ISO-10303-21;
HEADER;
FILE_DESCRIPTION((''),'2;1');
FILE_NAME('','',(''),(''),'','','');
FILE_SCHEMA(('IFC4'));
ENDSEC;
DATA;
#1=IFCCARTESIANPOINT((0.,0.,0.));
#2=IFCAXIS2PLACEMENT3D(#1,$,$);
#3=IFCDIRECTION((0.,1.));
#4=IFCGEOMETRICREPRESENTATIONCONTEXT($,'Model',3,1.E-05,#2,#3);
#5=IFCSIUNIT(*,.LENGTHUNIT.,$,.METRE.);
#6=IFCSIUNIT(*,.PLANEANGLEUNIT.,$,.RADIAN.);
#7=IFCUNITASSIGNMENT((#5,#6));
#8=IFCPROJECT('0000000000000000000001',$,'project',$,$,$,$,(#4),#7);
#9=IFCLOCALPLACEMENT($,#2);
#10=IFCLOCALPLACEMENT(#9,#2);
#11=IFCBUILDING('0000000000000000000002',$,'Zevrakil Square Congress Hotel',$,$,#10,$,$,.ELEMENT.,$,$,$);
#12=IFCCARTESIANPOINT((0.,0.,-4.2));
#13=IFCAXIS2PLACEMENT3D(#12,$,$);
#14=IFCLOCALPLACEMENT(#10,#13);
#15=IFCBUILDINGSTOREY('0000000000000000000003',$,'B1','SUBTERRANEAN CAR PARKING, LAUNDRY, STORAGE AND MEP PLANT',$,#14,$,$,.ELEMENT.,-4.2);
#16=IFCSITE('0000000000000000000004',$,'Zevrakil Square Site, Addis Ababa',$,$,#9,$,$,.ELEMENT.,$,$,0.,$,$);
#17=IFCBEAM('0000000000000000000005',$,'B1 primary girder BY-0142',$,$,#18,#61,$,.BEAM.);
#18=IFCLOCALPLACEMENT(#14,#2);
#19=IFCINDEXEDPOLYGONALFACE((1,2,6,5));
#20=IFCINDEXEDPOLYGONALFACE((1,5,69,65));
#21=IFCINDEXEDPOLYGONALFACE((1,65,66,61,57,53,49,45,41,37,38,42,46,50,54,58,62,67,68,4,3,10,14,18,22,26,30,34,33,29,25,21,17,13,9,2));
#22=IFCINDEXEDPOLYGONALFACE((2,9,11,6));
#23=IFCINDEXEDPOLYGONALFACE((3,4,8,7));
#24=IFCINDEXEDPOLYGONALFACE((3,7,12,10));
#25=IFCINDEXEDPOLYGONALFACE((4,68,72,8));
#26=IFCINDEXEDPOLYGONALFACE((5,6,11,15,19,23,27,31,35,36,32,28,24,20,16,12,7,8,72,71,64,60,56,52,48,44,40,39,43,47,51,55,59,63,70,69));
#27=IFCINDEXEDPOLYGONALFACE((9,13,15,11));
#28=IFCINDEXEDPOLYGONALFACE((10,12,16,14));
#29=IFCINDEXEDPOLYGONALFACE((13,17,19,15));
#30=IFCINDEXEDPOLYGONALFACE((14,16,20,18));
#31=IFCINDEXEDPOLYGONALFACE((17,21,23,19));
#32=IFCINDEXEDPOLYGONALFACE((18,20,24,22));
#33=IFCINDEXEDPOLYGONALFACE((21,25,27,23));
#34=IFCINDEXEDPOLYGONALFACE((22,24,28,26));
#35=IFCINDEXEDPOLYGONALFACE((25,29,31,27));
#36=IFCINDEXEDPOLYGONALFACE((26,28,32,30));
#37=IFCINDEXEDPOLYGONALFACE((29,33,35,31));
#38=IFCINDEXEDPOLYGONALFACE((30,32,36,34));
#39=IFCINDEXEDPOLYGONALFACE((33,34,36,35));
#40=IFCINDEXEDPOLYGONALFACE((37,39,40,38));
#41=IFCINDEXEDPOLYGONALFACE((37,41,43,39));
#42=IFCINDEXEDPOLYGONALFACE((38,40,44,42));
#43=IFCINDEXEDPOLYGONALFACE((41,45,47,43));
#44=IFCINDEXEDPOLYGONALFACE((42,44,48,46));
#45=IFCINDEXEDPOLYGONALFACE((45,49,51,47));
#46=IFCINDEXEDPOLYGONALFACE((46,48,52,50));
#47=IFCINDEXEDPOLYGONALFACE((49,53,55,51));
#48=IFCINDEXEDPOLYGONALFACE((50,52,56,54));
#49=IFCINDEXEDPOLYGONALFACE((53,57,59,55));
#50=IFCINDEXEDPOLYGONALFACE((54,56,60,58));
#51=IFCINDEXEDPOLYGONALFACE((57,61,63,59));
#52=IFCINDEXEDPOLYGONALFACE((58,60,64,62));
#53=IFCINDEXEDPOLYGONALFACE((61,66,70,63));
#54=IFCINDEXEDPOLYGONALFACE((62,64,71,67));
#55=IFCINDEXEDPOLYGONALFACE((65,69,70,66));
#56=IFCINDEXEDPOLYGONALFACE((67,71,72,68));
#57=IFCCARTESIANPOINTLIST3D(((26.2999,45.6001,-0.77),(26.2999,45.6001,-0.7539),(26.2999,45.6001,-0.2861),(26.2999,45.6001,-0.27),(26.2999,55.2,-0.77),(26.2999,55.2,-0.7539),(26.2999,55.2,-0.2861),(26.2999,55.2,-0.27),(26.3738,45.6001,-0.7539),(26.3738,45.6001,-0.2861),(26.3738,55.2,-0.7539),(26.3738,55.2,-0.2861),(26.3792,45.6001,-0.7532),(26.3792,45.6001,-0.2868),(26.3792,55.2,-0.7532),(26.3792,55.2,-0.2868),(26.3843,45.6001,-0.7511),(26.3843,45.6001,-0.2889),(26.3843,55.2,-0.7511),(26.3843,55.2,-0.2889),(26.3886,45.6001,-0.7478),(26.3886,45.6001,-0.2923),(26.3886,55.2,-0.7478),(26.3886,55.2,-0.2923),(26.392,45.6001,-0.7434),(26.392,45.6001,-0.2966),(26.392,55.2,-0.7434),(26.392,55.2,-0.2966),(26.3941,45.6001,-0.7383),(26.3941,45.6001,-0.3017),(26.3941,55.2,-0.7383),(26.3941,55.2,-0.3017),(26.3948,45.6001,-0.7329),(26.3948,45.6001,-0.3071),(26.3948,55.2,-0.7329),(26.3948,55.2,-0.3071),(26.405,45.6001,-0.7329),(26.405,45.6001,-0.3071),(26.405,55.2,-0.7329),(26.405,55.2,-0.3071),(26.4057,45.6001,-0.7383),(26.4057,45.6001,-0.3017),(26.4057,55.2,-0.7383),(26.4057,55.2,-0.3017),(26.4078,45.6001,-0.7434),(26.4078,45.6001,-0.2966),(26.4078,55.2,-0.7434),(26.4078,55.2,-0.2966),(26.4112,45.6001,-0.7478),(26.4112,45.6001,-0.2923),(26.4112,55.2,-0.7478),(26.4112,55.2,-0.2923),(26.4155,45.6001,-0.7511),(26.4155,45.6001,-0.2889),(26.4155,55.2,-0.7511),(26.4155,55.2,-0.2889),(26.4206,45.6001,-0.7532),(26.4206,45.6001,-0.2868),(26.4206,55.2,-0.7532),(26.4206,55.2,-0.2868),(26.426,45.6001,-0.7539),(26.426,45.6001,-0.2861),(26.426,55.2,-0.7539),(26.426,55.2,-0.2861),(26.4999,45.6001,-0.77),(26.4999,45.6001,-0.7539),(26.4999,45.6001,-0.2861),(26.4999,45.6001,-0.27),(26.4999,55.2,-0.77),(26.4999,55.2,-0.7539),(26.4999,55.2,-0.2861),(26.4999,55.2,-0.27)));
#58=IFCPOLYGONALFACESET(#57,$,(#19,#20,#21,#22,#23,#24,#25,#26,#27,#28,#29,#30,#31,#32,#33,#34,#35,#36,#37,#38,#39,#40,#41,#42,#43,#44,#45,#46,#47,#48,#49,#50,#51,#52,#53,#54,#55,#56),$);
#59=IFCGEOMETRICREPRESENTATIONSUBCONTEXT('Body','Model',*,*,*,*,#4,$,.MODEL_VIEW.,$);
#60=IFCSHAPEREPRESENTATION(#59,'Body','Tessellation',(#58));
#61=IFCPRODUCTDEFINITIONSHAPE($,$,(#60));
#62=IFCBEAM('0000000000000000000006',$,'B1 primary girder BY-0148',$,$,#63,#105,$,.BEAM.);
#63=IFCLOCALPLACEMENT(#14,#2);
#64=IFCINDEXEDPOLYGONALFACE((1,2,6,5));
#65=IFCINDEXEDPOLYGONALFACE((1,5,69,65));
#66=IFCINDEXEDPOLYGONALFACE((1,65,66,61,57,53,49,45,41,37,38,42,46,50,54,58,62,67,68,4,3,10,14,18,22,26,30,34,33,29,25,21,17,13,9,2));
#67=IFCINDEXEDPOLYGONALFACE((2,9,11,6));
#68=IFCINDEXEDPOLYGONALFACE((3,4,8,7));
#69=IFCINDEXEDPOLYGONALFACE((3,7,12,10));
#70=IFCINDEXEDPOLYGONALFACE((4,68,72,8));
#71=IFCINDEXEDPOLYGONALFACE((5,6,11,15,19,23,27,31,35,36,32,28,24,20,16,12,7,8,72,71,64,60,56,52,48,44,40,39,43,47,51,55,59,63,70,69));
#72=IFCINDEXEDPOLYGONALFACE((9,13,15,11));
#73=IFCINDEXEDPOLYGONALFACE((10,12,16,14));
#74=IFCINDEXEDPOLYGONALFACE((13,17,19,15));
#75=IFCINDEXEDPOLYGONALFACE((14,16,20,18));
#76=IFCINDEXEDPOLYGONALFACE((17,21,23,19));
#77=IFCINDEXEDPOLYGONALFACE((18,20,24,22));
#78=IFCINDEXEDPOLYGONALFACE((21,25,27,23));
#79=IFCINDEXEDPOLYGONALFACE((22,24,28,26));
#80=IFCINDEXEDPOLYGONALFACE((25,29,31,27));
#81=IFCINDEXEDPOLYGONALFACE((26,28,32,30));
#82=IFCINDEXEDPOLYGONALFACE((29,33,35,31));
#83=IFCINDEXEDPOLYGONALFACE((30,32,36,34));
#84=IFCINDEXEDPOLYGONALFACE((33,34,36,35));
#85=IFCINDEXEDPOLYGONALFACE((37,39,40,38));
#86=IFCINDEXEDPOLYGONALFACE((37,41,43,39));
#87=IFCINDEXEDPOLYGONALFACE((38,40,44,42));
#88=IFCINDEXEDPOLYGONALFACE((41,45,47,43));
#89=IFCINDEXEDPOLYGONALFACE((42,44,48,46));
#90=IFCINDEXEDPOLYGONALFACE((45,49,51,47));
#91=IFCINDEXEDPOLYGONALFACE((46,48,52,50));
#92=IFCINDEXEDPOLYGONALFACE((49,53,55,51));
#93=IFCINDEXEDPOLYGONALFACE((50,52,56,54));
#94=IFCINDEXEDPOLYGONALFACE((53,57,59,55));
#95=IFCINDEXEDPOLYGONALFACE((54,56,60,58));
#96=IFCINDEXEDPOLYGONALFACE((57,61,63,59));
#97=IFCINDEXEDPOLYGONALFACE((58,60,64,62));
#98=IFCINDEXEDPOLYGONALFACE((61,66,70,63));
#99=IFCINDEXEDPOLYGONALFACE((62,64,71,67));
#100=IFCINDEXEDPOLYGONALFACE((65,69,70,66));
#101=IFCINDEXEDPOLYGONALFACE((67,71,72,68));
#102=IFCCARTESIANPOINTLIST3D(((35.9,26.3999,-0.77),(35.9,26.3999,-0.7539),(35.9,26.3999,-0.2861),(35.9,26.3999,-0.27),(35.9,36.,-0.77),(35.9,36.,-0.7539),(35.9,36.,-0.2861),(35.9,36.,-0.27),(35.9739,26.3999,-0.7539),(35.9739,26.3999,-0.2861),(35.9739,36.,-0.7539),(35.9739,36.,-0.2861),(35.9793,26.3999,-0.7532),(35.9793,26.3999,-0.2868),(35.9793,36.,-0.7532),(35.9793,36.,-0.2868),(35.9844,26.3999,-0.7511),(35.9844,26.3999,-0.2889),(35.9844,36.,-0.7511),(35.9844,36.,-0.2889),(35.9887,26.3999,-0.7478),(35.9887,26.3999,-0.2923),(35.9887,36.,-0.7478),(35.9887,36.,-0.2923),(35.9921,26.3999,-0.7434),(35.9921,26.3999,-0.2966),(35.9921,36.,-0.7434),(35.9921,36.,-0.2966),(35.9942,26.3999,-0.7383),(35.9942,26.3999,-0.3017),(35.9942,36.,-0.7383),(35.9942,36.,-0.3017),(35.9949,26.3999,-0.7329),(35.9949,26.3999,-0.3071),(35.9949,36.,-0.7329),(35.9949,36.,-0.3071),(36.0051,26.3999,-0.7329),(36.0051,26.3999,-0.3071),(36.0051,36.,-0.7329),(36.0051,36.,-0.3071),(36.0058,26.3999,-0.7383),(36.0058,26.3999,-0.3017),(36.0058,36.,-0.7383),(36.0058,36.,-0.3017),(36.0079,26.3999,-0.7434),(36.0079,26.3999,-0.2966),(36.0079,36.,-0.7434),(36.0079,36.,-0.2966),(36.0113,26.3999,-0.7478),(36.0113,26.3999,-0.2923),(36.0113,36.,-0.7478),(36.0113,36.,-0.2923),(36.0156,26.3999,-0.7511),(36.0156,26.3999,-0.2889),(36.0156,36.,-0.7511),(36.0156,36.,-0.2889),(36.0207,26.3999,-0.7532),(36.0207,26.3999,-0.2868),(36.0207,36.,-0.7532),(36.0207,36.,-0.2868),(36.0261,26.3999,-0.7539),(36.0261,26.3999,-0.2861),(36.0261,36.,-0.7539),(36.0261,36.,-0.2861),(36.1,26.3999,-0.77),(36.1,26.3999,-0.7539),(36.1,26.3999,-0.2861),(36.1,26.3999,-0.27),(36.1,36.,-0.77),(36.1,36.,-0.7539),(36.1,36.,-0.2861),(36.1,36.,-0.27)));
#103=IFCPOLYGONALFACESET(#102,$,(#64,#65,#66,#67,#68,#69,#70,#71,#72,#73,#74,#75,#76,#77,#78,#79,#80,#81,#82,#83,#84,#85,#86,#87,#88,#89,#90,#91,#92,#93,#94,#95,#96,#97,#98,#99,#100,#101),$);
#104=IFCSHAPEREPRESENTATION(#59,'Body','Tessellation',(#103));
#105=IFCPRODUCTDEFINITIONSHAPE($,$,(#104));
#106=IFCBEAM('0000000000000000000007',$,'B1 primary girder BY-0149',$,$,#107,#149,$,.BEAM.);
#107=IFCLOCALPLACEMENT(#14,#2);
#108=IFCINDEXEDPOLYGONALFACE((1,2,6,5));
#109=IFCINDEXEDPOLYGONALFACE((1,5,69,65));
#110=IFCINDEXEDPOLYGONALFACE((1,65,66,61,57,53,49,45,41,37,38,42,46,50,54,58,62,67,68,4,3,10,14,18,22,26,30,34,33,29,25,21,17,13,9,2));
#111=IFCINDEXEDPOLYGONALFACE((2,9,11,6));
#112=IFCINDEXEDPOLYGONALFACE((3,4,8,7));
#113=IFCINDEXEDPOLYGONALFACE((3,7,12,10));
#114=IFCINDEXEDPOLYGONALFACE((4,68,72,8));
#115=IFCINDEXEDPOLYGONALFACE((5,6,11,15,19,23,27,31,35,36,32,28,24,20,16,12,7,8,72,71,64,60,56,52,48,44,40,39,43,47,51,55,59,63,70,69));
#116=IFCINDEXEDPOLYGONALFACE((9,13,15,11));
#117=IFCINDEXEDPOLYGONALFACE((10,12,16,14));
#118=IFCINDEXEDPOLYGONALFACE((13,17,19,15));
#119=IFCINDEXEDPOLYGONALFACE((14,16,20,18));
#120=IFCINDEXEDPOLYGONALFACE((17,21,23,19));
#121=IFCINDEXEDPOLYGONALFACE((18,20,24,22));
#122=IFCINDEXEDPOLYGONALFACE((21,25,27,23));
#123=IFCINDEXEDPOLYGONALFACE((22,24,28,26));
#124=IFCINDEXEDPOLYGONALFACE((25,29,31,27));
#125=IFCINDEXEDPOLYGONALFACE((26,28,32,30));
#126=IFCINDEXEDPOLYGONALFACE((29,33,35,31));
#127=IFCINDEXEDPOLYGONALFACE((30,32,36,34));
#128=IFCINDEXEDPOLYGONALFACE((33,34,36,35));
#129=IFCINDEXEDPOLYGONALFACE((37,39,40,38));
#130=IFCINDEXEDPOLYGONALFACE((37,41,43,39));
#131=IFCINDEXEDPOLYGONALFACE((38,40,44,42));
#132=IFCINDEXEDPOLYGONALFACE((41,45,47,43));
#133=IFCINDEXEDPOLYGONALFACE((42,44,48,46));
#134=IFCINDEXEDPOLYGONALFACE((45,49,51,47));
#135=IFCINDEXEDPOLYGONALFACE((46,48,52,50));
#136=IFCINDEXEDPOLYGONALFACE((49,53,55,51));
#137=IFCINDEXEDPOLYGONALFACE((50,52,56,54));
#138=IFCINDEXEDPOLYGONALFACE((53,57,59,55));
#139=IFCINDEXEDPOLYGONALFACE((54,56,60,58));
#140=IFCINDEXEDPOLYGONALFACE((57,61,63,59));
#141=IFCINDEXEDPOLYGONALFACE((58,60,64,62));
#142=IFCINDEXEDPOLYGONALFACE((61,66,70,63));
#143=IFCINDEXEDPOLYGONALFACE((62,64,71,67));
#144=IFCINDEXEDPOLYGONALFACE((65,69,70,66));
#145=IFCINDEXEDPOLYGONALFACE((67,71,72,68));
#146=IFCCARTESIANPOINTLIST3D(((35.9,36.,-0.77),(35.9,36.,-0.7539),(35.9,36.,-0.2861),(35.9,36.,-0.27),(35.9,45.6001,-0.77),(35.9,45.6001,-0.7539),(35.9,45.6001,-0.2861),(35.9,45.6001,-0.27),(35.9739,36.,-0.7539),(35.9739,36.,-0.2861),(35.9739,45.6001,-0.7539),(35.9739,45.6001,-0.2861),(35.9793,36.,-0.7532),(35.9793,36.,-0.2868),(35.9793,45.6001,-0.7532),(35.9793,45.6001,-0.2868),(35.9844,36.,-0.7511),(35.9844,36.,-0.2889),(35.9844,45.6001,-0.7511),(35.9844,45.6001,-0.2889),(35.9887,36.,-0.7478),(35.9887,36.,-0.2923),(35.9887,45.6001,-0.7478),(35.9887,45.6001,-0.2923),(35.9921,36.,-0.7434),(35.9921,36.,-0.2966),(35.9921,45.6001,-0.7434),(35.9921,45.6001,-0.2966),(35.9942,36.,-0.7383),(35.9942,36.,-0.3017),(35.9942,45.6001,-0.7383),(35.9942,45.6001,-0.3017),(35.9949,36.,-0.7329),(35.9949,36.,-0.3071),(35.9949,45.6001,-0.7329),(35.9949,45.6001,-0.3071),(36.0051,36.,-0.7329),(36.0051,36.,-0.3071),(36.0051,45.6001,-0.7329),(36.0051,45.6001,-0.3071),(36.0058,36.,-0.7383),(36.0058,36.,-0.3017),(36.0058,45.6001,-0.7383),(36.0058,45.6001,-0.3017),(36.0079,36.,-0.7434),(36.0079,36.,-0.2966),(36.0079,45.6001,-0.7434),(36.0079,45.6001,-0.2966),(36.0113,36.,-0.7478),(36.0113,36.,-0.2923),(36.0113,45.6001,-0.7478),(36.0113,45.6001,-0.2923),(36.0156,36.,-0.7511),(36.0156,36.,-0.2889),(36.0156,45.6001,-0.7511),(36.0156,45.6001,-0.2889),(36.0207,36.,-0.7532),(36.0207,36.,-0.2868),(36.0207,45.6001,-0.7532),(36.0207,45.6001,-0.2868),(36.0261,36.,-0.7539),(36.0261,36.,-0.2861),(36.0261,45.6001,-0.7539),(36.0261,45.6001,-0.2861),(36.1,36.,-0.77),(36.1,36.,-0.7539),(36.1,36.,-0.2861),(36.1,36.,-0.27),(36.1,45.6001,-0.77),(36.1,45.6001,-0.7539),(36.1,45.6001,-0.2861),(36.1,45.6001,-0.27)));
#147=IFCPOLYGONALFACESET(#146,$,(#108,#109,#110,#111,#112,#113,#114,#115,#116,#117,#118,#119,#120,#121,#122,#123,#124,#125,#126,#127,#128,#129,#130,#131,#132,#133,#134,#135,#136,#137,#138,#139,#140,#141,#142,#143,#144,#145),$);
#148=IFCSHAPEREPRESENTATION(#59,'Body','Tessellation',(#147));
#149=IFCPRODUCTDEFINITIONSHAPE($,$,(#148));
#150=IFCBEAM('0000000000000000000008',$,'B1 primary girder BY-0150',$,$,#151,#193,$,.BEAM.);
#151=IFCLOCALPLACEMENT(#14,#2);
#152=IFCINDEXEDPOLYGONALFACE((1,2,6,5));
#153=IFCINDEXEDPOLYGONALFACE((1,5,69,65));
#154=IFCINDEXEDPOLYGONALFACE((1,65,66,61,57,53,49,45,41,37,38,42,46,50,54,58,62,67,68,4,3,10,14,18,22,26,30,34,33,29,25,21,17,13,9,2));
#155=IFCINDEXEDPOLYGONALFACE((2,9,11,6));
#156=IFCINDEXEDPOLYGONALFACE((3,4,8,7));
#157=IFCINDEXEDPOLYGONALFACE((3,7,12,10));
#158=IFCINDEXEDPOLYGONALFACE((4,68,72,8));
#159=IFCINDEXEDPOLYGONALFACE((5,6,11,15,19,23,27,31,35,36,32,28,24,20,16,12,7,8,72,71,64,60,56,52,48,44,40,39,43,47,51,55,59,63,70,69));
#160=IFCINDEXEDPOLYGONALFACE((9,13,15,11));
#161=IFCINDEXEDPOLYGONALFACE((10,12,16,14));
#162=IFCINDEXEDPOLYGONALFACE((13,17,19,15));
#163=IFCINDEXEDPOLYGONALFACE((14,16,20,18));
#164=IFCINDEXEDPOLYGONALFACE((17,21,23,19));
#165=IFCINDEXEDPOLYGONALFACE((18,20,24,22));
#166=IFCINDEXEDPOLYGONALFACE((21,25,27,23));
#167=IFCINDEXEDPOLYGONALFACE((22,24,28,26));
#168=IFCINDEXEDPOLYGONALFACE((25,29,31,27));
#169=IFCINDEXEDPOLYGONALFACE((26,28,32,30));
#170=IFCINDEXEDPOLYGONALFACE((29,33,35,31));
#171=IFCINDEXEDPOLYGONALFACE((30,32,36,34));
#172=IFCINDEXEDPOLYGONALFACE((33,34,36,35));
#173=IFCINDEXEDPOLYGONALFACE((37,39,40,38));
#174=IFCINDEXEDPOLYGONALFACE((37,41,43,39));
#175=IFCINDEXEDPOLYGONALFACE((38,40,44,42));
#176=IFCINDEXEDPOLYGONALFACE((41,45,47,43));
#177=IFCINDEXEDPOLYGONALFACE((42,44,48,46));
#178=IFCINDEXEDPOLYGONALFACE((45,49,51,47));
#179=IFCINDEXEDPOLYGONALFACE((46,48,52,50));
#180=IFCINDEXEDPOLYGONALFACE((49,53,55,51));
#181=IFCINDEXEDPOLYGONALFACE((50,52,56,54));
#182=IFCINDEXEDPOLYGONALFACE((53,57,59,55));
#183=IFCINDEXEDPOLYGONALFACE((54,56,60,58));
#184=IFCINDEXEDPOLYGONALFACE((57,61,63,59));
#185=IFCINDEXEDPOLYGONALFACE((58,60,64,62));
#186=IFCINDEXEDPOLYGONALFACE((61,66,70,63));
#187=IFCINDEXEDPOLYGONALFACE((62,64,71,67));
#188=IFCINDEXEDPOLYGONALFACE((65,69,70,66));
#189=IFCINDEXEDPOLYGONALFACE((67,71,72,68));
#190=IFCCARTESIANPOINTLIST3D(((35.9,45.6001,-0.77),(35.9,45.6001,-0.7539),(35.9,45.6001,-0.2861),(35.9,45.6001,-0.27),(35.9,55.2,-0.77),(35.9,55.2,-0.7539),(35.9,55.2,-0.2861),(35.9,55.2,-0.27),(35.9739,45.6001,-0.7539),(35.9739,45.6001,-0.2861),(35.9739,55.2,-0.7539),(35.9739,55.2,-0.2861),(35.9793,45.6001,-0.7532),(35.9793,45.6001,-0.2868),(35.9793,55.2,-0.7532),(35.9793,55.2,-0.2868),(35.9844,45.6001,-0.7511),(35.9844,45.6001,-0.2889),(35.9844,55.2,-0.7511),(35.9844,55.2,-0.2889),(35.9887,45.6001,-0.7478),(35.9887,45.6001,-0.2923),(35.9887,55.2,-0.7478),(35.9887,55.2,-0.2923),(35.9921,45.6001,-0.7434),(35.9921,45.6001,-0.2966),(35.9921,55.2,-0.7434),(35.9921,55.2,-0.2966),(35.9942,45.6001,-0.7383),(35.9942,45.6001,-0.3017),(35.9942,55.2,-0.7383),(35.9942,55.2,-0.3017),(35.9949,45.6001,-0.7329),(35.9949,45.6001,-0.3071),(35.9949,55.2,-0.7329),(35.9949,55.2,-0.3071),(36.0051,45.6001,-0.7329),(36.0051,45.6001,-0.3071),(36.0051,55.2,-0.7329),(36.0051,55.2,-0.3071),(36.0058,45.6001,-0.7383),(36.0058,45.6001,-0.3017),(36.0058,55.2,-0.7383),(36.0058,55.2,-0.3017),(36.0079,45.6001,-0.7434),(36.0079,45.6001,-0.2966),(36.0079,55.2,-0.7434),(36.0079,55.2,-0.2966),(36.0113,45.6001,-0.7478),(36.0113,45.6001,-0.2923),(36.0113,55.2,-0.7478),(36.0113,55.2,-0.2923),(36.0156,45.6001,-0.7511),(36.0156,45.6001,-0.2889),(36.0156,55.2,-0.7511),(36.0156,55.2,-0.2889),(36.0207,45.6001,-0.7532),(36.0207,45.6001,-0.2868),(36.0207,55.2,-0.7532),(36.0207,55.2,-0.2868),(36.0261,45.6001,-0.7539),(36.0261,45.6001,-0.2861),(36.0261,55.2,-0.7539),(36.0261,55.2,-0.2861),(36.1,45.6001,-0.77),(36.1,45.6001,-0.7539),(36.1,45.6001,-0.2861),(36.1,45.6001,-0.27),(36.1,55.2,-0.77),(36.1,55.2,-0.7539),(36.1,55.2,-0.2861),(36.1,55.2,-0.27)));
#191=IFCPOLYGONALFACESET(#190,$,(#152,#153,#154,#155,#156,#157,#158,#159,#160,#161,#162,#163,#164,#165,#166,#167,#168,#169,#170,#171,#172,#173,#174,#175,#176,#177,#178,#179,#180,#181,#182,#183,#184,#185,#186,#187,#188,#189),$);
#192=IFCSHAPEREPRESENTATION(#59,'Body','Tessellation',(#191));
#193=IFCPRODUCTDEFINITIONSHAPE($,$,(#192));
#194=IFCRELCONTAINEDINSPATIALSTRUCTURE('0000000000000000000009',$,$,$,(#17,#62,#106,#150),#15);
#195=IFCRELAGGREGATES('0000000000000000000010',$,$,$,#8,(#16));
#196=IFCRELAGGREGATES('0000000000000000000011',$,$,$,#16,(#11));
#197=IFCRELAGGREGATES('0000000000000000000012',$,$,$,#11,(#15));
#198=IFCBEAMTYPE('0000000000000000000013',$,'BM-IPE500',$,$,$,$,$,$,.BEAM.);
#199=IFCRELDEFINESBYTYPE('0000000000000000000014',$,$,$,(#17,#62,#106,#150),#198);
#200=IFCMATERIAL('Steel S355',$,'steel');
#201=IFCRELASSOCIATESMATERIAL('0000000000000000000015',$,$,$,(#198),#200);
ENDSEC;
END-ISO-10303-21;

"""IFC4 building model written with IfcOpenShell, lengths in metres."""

from ifc_helpers import new_model, si_unit, direction, frame, origin, origin_2d, place, context, subcontext, project, spatial, i_section, extrude, material, material_profile, profile_set, type_object, element, save


model = new_model("IFC4")

# Units and contexts
model_context = context("Model", 3, precision=1e-05, world=origin(), true_north=direction((0.0, 1.0)))
body_context = subcontext(model_context, "Body", "Model", "MODEL_VIEW")
ifc_project = project(units=[si_unit("LENGTHUNIT", "METRE"), si_unit("PLANEANGLEUNIT", "RADIAN")], contexts=[model_context])

# Site, building, storey
site_placement = place(None, origin())
site = spatial("IfcSite", under=ifc_project, at=site_placement, Name="Zevrakil Square Site, Addis Ababa", CompositionType="ELEMENT", RefElevation=0.0)
building_placement = place(site_placement, origin())
building = spatial("IfcBuilding", under=site, at=building_placement, Name="Zevrakil Square Congress Hotel", CompositionType="ELEMENT")
storey_placement = place(building_placement, frame((0.0, 0.0, -4.2)))
storey = spatial("IfcBuildingStorey", under=building, at=storey_placement, Name="B1", Description="SUBTERRANEAN CAR PARKING, LAUNDRY, STORAGE AND MEP PLANT", CompositionType="ELEMENT", Elevation=-4.2)

# Beams
ifc_material_1 = material(Name="Steel S355", Category="steel")
ifc_material_profile_1 = material_profile(ifc_material_1, i_section(OverallWidth=0.2, OverallDepth=0.5, WebThickness=0.0103, FlangeThickness=0.0161, FilletRadius=0.021, at=origin_2d()), Name="IPE 500")
ifc_profile_set_1 = profile_set([ifc_material_profile_1], Name="Steel S355")
beam_type_1 = type_object("IfcBeamType", Name="BM-IPE500", PredefinedType="BEAM", material=ifc_profile_set_1)
beam_1_placement = place(storey_placement, frame((26.3999, 45.6001, -0.52), z_axis=(0.0, 1.0, 0.0), x_axis=(-1.0, 0.0, 0.0)))
element("IfcBeam", 1, at=beam_1_placement, inside=storey, type_object=beam_type_1, Name="B1 primary girder BY-0142", PredefinedType="BEAM", context=body_context, shape_type="SweptSolid", body=[
    extrude(i_section(OverallWidth=0.2, OverallDepth=0.5, WebThickness=0.0103, FlangeThickness=0.0161, FilletRadius=0.021, at=origin_2d()), origin(), (0.0, 0.0, 1.0), 9.5999),
])
for number, where, z_axis, x_axis, name in (
    (2, (36.0, 26.3999, -0.52), (0.0, 1.0, 0.0), (-1.0, 0.0, 0.0), "B1 primary girder BY-0148"),
    (3, (36.0, 36.0, -0.52), (0.0, 1.0, 0.0), (-1.0, 0.0, 0.0), "B1 primary girder BY-0149"),
):
    element("IfcBeam", number, at=place(storey_placement, frame(where, z_axis=z_axis, x_axis=x_axis)), inside=storey, type_object=beam_type_1, Name=name, PredefinedType="BEAM", context=body_context, shape_type="SweptSolid", body=[
        extrude(i_section(OverallWidth=0.2, OverallDepth=0.5, WebThickness=0.0103, FlangeThickness=0.0161, FilletRadius=0.021, at=origin_2d()), origin(), (0.0, 0.0, 1.0), 9.6001),
    ])
beam_2_placement = place(storey_placement, frame((36.0, 45.6001, -0.52), z_axis=(0.0, 1.0, 0.0), x_axis=(-1.0, 0.0, 0.0)))
element("IfcBeam", 4, at=beam_2_placement, inside=storey, type_object=beam_type_1, Name="B1 primary girder BY-0150", PredefinedType="BEAM", context=body_context, shape_type="SweptSolid", body=[
    extrude(i_section(OverallWidth=0.2, OverallDepth=0.5, WebThickness=0.0103, FlangeThickness=0.0161, FilletRadius=0.021, at=origin_2d()), origin(), (0.0, 0.0, 1.0), 9.5999),
])

save(model, "model.ifc")
